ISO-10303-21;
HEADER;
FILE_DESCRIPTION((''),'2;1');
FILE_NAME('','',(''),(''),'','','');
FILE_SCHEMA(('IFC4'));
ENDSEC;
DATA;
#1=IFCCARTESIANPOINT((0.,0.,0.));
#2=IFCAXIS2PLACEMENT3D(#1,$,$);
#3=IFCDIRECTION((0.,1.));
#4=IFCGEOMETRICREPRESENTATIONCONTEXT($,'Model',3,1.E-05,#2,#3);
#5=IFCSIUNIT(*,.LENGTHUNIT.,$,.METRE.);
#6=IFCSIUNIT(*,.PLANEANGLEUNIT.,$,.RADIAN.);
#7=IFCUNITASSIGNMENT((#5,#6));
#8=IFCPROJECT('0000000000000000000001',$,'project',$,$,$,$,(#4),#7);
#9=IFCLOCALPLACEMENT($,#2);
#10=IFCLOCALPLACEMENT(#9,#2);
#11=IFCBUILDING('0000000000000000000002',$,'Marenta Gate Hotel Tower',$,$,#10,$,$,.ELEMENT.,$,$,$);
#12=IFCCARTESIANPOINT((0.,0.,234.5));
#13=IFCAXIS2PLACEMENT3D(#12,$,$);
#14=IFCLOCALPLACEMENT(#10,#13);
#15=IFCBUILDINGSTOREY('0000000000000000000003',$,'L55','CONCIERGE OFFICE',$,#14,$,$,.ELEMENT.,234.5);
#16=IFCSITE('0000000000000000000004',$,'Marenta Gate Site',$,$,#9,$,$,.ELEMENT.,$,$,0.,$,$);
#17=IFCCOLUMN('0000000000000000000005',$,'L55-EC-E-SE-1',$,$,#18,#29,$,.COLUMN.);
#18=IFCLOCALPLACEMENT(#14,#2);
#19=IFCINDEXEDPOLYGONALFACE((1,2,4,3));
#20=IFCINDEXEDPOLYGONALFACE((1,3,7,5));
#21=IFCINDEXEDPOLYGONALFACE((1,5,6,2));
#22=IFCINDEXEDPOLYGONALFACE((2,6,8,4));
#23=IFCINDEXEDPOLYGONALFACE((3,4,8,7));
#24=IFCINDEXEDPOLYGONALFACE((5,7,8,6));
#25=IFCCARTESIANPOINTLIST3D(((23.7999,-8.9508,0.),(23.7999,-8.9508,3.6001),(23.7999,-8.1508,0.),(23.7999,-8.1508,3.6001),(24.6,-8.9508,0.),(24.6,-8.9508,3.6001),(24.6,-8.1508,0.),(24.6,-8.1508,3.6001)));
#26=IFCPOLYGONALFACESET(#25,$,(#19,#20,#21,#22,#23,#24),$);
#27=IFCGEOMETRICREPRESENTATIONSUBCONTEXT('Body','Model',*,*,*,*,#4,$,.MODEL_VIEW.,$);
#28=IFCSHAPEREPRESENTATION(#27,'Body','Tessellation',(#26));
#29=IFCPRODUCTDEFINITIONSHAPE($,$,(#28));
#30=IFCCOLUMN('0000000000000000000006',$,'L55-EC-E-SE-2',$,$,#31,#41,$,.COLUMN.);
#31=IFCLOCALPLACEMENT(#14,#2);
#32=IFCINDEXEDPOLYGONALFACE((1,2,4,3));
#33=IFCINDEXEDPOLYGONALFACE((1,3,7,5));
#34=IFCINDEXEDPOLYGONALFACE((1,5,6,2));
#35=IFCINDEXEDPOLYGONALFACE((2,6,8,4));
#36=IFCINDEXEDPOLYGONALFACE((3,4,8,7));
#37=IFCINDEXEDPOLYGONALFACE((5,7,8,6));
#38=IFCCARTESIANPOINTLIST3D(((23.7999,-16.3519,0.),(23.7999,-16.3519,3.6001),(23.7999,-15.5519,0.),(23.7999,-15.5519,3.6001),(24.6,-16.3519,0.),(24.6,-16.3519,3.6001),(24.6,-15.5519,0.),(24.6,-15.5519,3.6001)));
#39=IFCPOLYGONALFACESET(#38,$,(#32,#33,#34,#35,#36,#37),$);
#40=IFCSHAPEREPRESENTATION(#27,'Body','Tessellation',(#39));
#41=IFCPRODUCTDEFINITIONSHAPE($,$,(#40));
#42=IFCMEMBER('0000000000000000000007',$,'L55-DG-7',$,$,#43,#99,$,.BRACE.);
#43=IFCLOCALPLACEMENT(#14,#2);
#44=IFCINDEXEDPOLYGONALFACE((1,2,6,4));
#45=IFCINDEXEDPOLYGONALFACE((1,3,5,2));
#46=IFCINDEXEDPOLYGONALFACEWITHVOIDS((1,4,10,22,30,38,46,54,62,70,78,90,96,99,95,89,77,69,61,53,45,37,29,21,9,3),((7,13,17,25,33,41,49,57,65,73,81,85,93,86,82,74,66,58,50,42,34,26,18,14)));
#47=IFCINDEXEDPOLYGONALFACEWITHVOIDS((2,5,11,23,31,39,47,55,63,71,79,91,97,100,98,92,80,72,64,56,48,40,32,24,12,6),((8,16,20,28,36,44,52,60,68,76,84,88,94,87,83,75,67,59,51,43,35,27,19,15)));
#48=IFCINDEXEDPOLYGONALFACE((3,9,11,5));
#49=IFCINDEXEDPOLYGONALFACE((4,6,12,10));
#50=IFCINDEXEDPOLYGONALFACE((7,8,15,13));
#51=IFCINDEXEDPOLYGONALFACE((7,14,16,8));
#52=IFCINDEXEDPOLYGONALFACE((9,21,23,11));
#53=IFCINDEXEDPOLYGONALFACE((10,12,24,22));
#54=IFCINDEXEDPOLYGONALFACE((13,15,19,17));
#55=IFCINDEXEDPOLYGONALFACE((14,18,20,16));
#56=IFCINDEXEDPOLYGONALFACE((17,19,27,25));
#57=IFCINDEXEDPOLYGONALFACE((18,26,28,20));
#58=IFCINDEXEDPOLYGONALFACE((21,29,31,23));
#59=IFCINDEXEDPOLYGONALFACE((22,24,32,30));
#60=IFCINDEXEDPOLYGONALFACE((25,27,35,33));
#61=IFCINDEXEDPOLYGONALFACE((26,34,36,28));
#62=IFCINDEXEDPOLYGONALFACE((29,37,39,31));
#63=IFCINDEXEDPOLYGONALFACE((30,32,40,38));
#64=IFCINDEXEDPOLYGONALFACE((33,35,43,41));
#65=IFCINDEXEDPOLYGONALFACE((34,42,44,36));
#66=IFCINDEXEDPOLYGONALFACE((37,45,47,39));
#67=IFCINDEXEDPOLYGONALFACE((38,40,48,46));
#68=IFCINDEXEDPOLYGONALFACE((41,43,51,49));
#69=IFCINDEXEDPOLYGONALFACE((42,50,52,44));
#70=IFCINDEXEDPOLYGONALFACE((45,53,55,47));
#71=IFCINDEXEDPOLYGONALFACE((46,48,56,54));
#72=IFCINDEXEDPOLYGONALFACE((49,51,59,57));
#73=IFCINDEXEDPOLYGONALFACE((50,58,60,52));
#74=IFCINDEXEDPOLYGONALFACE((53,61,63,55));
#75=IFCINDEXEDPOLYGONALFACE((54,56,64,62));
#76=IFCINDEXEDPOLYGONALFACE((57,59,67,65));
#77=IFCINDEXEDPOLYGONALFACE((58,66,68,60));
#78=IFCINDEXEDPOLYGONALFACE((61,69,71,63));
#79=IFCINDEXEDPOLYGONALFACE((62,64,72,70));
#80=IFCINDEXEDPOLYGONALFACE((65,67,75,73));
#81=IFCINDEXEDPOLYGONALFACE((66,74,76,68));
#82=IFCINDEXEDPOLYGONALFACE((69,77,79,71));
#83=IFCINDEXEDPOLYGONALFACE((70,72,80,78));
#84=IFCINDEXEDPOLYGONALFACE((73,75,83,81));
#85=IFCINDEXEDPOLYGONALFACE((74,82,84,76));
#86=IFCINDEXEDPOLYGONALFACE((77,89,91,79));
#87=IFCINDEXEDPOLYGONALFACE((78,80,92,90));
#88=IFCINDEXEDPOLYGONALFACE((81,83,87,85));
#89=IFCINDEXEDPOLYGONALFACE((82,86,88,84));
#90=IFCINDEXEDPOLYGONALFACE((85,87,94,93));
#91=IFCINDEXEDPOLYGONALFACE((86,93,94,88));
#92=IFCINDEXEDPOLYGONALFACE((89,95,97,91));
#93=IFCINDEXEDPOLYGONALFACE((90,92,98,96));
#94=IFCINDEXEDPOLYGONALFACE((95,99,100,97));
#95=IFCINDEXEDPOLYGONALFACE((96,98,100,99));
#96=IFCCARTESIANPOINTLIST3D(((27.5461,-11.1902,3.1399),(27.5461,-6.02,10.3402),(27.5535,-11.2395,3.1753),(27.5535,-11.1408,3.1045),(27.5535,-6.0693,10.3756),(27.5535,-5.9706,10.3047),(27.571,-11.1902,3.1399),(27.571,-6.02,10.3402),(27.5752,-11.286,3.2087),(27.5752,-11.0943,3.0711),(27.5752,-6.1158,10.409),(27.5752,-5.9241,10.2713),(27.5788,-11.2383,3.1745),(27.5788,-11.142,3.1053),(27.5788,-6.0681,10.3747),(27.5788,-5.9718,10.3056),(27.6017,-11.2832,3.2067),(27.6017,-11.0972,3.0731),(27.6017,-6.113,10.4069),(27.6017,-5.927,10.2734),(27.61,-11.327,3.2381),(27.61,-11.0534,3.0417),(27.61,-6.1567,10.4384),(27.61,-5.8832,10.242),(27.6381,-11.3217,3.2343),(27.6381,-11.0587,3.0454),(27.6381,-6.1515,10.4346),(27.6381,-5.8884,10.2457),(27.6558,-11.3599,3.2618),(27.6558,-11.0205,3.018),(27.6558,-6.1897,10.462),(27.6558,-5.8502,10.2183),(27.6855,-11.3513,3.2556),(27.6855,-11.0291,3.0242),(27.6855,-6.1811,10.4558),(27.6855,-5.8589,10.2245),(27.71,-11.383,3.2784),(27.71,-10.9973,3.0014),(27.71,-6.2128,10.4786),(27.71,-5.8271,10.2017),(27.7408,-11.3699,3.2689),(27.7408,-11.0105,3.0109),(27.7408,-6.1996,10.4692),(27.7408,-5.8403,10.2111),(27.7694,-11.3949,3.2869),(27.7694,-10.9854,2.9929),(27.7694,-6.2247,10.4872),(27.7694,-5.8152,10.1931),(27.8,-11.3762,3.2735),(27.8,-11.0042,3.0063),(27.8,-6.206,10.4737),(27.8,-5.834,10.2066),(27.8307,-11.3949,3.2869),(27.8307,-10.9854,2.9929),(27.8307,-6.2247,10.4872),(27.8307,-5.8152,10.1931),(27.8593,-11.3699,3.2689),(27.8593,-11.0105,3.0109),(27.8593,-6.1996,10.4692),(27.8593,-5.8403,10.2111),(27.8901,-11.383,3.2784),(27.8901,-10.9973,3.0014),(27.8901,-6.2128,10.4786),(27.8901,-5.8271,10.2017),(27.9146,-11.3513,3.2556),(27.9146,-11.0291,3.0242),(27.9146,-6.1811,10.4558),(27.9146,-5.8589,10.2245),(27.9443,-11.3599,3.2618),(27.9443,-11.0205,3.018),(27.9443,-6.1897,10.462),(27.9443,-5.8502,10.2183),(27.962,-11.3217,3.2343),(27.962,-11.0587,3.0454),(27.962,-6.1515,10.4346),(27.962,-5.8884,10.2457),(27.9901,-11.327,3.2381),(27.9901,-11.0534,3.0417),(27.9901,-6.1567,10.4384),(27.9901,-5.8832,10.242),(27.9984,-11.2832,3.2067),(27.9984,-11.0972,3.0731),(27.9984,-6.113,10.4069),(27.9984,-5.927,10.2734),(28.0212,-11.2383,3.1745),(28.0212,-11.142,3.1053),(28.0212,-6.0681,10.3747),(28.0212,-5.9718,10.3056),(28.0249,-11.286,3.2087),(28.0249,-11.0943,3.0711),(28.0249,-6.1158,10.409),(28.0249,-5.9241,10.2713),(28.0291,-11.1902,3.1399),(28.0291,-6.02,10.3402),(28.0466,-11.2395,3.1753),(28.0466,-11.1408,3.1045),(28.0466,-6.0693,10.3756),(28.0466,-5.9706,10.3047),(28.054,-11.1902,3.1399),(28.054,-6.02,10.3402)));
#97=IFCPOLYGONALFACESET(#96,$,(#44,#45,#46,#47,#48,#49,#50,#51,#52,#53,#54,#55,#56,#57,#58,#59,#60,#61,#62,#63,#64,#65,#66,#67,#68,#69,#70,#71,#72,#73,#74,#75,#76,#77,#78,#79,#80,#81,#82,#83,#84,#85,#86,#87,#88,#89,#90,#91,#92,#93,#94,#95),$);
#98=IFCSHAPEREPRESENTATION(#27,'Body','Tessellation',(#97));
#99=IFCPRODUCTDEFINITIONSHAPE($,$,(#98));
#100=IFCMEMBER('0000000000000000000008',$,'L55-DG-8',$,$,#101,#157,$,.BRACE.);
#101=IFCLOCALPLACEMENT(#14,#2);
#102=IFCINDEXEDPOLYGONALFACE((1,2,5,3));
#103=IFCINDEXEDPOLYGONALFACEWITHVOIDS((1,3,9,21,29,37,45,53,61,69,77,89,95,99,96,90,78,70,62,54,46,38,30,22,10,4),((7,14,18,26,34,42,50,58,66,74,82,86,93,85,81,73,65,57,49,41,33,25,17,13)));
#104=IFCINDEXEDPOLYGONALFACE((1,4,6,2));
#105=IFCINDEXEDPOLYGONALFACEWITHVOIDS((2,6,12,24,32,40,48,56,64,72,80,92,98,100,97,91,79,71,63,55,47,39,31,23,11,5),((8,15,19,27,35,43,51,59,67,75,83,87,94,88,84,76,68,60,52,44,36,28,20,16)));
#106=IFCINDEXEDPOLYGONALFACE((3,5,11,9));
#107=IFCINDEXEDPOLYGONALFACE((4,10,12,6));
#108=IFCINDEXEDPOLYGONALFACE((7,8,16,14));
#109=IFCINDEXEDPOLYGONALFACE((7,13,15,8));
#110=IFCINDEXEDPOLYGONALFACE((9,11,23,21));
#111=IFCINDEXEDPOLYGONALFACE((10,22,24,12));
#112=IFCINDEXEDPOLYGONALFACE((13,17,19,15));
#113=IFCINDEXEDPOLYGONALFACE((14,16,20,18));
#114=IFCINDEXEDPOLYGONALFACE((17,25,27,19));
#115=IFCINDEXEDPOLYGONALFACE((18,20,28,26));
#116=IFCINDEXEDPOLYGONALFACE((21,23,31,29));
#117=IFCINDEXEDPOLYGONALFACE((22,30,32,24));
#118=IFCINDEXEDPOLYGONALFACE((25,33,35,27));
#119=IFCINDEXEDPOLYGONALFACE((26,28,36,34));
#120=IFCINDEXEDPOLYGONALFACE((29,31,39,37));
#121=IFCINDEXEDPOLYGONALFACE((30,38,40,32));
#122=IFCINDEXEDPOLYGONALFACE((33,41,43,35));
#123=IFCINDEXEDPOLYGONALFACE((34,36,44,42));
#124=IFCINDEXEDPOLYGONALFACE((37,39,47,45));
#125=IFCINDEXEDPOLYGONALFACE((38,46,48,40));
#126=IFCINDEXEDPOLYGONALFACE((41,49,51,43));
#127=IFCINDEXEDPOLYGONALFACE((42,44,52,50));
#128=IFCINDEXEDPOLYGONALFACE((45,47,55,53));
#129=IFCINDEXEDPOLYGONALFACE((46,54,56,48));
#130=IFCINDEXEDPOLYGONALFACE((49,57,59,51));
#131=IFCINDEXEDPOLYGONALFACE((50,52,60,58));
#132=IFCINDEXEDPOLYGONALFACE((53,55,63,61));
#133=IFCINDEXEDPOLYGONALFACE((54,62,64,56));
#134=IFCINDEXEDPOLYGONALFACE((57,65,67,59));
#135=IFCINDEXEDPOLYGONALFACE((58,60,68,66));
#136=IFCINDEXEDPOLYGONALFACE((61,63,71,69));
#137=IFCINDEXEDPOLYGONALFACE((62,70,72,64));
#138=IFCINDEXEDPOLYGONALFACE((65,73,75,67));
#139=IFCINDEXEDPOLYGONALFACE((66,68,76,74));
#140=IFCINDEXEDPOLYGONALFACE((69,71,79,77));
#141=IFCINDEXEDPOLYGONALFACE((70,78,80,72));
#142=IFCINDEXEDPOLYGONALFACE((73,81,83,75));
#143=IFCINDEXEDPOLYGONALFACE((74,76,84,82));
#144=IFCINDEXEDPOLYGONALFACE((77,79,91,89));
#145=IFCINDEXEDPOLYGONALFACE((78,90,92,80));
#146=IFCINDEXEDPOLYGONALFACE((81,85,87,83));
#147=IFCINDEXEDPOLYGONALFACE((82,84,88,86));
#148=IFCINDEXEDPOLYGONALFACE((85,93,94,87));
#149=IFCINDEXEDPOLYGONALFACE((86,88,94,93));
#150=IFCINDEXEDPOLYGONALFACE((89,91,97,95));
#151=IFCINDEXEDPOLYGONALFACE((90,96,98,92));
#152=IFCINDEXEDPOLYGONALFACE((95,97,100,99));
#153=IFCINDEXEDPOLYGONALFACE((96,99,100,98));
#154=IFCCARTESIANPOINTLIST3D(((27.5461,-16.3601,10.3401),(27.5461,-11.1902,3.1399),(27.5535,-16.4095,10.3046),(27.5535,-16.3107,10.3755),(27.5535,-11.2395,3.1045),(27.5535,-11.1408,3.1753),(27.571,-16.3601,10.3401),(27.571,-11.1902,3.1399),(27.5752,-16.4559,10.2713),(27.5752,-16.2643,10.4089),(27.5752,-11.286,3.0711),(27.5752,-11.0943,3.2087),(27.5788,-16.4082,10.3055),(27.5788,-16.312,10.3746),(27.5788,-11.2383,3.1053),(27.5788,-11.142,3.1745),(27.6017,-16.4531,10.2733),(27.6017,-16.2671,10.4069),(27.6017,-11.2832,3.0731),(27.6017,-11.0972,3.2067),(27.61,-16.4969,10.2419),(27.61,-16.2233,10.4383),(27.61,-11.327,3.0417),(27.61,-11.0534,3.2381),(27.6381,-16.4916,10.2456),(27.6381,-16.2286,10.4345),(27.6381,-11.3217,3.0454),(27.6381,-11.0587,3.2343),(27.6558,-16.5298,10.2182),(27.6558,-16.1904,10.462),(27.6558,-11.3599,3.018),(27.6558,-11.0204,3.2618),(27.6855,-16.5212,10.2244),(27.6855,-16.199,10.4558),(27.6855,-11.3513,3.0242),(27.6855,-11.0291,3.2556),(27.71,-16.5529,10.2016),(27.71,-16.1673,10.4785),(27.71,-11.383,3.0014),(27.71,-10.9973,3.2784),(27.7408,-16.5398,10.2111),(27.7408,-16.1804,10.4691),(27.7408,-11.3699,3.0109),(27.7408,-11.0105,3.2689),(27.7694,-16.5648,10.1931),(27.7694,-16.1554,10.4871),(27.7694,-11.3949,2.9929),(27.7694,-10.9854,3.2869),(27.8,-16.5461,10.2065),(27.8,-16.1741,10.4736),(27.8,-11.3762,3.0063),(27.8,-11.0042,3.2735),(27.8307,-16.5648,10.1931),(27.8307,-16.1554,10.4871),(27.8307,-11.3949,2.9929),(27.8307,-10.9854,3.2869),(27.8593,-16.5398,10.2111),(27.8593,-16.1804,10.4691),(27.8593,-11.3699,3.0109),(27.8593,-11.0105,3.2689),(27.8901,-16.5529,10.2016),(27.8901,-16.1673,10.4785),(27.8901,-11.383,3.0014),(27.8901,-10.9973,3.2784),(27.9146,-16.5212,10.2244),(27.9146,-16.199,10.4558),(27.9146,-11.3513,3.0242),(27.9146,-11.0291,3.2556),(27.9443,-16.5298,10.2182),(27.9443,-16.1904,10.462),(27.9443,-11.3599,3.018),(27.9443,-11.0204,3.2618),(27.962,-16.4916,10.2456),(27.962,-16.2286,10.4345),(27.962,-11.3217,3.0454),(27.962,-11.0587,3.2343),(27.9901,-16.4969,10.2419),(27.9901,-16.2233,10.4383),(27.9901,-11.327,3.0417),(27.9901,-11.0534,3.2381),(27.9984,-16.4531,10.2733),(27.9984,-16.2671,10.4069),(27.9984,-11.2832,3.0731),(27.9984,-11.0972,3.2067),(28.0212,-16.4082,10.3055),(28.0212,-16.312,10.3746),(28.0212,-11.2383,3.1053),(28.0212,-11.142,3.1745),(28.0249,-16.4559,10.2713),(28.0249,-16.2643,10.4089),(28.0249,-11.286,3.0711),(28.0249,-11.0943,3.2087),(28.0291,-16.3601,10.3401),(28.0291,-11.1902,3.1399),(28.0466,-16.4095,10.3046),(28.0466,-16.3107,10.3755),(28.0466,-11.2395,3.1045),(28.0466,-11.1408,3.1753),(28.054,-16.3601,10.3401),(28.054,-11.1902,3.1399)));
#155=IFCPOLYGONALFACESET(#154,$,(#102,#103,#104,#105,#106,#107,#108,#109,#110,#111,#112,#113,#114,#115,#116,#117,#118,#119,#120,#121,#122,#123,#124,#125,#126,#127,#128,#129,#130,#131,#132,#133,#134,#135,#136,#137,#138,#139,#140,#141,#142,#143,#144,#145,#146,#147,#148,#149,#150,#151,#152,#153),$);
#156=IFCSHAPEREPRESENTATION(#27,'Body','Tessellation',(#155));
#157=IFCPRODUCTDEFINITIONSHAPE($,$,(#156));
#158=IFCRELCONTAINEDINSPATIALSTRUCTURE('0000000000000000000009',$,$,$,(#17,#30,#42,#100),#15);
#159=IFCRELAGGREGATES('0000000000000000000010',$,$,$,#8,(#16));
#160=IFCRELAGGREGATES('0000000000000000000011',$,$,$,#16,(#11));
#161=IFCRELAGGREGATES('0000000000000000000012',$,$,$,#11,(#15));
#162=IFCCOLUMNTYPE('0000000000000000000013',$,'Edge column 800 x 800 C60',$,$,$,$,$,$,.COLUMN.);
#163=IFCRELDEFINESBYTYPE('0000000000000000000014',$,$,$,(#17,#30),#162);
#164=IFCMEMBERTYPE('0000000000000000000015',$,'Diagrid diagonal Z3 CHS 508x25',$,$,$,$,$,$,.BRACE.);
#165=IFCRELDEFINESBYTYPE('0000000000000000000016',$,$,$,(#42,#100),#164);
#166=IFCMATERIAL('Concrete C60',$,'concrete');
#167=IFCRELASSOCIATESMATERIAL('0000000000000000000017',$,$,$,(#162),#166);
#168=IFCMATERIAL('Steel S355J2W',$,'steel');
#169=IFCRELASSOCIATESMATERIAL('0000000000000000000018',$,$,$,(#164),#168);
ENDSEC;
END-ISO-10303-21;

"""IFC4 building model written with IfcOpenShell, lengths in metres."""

from ifc_helpers import new_model, si_unit, direction, frame, origin, origin_2d, place, context, subcontext, project, spatial, rectangle, hollow_circle, extrude, material, material_profile, profile_set, type_object, element, save


model = new_model("IFC4")

# Units and contexts
model_context = context("Model", 3, precision=1e-05, world=origin(), true_north=direction((0.0, 1.0)))
body_context = subcontext(model_context, "Body", "Model", "MODEL_VIEW")
ifc_project = project(units=[si_unit("LENGTHUNIT", "METRE"), si_unit("PLANEANGLEUNIT", "RADIAN")], contexts=[model_context])

# Site, building, storey
site_placement = place(None, origin())
site = spatial("IfcSite", under=ifc_project, at=site_placement, Name="Marenta Gate Site", CompositionType="ELEMENT", RefElevation=0.0)
building_placement = place(site_placement, origin())
building = spatial("IfcBuilding", under=site, at=building_placement, Name="Marenta Gate Hotel Tower", CompositionType="ELEMENT")
storey_placement = place(building_placement, frame((0.0, 0.0, 234.5)))
storey = spatial("IfcBuildingStorey", under=building, at=storey_placement, Name="L55", Description="CONCIERGE OFFICE", CompositionType="ELEMENT", Elevation=234.5)

# Columns
ifc_material_1 = material(Name="Concrete C60", Category="concrete")
ifc_material_profile_1 = material_profile(ifc_material_1, rectangle(XDim=0.8, YDim=0.8, at=origin_2d()), Name="800 x 800")
ifc_profile_set_1 = profile_set([ifc_material_profile_1], Name="Concrete C60")
column_type = type_object("IfcColumnType", Name="Edge column 800 x 800 C60", PredefinedType="COLUMN", material=ifc_profile_set_1)
for number, where, z_axis, x_axis, name in (
    (1, (24.2, -8.5508, 0.0), (0.0, 0.0, 1.0), (1.0, 0.0, 0.0), "L55-EC-E-SE-1"),
    (2, (24.2, -15.9519, 0.0), (0.0, 0.0, 1.0), (1.0, 0.0, 0.0), "L55-EC-E-SE-2"),
):
    element("IfcColumn", number, at=place(storey_placement, frame(where, z_axis=z_axis, x_axis=x_axis)), inside=storey, type_object=column_type, Name=name, PredefinedType="COLUMN", context=body_context, shape_type="SweptSolid", body=[
        extrude(rectangle(XDim=0.8, YDim=0.8, at=origin_2d()), origin(), (0.0, 0.0, 1.0), 3.6001),
    ])

# Members
ifc_material_2 = material(Name="Steel S355J2W", Category="steel")
ifc_material_profile_2 = material_profile(ifc_material_2, hollow_circle(Radius=0.2539, WallThickness=0.0249, at=origin_2d()), Name="CHS 508x25")
ifc_profile_set_2 = profile_set([ifc_material_profile_2], Name="Steel S355J2W")
member_type_1 = type_object("IfcMemberType", Name="Diagrid diagonal Z3 CHS 508x25", PredefinedType="BRACE", material=ifc_profile_set_2)
member_1_placement = place(storey_placement, frame((27.8, -11.1902, 3.1399), z_axis=(0.0, 0.583266, 0.812281), x_axis=(-1.0, 0.0, 0.0)))
element("IfcMember", 3, at=member_1_placement, inside=storey, type_object=member_type_1, Name="L55-DG-7", PredefinedType="BRACE", context=body_context, shape_type="SweptSolid", body=[
    extrude(hollow_circle(Radius=0.2539, WallThickness=0.0249, at=origin_2d()), origin(), (0.0, 0.0, 1.0), 8.8643),
])
for number, where, z_axis, x_axis, name in (
    (4, (27.8, -11.1902, 3.1399), (0.0, -0.583248, 0.812294), (1.0, 0.0, 0.0), "L55-DG-8"),
):
    element("IfcMember", number, at=place(storey_placement, frame(where, z_axis=z_axis, x_axis=x_axis)), inside=storey, type_object=member_type_1, Name=name, PredefinedType="BRACE", context=body_context, shape_type="SweptSolid", body=[
        extrude(hollow_circle(Radius=0.2539, WallThickness=0.0249, at=origin_2d()), origin(), (0.0, 0.0, 1.0), 8.864),
    ])

save(model, "model.ifc")
